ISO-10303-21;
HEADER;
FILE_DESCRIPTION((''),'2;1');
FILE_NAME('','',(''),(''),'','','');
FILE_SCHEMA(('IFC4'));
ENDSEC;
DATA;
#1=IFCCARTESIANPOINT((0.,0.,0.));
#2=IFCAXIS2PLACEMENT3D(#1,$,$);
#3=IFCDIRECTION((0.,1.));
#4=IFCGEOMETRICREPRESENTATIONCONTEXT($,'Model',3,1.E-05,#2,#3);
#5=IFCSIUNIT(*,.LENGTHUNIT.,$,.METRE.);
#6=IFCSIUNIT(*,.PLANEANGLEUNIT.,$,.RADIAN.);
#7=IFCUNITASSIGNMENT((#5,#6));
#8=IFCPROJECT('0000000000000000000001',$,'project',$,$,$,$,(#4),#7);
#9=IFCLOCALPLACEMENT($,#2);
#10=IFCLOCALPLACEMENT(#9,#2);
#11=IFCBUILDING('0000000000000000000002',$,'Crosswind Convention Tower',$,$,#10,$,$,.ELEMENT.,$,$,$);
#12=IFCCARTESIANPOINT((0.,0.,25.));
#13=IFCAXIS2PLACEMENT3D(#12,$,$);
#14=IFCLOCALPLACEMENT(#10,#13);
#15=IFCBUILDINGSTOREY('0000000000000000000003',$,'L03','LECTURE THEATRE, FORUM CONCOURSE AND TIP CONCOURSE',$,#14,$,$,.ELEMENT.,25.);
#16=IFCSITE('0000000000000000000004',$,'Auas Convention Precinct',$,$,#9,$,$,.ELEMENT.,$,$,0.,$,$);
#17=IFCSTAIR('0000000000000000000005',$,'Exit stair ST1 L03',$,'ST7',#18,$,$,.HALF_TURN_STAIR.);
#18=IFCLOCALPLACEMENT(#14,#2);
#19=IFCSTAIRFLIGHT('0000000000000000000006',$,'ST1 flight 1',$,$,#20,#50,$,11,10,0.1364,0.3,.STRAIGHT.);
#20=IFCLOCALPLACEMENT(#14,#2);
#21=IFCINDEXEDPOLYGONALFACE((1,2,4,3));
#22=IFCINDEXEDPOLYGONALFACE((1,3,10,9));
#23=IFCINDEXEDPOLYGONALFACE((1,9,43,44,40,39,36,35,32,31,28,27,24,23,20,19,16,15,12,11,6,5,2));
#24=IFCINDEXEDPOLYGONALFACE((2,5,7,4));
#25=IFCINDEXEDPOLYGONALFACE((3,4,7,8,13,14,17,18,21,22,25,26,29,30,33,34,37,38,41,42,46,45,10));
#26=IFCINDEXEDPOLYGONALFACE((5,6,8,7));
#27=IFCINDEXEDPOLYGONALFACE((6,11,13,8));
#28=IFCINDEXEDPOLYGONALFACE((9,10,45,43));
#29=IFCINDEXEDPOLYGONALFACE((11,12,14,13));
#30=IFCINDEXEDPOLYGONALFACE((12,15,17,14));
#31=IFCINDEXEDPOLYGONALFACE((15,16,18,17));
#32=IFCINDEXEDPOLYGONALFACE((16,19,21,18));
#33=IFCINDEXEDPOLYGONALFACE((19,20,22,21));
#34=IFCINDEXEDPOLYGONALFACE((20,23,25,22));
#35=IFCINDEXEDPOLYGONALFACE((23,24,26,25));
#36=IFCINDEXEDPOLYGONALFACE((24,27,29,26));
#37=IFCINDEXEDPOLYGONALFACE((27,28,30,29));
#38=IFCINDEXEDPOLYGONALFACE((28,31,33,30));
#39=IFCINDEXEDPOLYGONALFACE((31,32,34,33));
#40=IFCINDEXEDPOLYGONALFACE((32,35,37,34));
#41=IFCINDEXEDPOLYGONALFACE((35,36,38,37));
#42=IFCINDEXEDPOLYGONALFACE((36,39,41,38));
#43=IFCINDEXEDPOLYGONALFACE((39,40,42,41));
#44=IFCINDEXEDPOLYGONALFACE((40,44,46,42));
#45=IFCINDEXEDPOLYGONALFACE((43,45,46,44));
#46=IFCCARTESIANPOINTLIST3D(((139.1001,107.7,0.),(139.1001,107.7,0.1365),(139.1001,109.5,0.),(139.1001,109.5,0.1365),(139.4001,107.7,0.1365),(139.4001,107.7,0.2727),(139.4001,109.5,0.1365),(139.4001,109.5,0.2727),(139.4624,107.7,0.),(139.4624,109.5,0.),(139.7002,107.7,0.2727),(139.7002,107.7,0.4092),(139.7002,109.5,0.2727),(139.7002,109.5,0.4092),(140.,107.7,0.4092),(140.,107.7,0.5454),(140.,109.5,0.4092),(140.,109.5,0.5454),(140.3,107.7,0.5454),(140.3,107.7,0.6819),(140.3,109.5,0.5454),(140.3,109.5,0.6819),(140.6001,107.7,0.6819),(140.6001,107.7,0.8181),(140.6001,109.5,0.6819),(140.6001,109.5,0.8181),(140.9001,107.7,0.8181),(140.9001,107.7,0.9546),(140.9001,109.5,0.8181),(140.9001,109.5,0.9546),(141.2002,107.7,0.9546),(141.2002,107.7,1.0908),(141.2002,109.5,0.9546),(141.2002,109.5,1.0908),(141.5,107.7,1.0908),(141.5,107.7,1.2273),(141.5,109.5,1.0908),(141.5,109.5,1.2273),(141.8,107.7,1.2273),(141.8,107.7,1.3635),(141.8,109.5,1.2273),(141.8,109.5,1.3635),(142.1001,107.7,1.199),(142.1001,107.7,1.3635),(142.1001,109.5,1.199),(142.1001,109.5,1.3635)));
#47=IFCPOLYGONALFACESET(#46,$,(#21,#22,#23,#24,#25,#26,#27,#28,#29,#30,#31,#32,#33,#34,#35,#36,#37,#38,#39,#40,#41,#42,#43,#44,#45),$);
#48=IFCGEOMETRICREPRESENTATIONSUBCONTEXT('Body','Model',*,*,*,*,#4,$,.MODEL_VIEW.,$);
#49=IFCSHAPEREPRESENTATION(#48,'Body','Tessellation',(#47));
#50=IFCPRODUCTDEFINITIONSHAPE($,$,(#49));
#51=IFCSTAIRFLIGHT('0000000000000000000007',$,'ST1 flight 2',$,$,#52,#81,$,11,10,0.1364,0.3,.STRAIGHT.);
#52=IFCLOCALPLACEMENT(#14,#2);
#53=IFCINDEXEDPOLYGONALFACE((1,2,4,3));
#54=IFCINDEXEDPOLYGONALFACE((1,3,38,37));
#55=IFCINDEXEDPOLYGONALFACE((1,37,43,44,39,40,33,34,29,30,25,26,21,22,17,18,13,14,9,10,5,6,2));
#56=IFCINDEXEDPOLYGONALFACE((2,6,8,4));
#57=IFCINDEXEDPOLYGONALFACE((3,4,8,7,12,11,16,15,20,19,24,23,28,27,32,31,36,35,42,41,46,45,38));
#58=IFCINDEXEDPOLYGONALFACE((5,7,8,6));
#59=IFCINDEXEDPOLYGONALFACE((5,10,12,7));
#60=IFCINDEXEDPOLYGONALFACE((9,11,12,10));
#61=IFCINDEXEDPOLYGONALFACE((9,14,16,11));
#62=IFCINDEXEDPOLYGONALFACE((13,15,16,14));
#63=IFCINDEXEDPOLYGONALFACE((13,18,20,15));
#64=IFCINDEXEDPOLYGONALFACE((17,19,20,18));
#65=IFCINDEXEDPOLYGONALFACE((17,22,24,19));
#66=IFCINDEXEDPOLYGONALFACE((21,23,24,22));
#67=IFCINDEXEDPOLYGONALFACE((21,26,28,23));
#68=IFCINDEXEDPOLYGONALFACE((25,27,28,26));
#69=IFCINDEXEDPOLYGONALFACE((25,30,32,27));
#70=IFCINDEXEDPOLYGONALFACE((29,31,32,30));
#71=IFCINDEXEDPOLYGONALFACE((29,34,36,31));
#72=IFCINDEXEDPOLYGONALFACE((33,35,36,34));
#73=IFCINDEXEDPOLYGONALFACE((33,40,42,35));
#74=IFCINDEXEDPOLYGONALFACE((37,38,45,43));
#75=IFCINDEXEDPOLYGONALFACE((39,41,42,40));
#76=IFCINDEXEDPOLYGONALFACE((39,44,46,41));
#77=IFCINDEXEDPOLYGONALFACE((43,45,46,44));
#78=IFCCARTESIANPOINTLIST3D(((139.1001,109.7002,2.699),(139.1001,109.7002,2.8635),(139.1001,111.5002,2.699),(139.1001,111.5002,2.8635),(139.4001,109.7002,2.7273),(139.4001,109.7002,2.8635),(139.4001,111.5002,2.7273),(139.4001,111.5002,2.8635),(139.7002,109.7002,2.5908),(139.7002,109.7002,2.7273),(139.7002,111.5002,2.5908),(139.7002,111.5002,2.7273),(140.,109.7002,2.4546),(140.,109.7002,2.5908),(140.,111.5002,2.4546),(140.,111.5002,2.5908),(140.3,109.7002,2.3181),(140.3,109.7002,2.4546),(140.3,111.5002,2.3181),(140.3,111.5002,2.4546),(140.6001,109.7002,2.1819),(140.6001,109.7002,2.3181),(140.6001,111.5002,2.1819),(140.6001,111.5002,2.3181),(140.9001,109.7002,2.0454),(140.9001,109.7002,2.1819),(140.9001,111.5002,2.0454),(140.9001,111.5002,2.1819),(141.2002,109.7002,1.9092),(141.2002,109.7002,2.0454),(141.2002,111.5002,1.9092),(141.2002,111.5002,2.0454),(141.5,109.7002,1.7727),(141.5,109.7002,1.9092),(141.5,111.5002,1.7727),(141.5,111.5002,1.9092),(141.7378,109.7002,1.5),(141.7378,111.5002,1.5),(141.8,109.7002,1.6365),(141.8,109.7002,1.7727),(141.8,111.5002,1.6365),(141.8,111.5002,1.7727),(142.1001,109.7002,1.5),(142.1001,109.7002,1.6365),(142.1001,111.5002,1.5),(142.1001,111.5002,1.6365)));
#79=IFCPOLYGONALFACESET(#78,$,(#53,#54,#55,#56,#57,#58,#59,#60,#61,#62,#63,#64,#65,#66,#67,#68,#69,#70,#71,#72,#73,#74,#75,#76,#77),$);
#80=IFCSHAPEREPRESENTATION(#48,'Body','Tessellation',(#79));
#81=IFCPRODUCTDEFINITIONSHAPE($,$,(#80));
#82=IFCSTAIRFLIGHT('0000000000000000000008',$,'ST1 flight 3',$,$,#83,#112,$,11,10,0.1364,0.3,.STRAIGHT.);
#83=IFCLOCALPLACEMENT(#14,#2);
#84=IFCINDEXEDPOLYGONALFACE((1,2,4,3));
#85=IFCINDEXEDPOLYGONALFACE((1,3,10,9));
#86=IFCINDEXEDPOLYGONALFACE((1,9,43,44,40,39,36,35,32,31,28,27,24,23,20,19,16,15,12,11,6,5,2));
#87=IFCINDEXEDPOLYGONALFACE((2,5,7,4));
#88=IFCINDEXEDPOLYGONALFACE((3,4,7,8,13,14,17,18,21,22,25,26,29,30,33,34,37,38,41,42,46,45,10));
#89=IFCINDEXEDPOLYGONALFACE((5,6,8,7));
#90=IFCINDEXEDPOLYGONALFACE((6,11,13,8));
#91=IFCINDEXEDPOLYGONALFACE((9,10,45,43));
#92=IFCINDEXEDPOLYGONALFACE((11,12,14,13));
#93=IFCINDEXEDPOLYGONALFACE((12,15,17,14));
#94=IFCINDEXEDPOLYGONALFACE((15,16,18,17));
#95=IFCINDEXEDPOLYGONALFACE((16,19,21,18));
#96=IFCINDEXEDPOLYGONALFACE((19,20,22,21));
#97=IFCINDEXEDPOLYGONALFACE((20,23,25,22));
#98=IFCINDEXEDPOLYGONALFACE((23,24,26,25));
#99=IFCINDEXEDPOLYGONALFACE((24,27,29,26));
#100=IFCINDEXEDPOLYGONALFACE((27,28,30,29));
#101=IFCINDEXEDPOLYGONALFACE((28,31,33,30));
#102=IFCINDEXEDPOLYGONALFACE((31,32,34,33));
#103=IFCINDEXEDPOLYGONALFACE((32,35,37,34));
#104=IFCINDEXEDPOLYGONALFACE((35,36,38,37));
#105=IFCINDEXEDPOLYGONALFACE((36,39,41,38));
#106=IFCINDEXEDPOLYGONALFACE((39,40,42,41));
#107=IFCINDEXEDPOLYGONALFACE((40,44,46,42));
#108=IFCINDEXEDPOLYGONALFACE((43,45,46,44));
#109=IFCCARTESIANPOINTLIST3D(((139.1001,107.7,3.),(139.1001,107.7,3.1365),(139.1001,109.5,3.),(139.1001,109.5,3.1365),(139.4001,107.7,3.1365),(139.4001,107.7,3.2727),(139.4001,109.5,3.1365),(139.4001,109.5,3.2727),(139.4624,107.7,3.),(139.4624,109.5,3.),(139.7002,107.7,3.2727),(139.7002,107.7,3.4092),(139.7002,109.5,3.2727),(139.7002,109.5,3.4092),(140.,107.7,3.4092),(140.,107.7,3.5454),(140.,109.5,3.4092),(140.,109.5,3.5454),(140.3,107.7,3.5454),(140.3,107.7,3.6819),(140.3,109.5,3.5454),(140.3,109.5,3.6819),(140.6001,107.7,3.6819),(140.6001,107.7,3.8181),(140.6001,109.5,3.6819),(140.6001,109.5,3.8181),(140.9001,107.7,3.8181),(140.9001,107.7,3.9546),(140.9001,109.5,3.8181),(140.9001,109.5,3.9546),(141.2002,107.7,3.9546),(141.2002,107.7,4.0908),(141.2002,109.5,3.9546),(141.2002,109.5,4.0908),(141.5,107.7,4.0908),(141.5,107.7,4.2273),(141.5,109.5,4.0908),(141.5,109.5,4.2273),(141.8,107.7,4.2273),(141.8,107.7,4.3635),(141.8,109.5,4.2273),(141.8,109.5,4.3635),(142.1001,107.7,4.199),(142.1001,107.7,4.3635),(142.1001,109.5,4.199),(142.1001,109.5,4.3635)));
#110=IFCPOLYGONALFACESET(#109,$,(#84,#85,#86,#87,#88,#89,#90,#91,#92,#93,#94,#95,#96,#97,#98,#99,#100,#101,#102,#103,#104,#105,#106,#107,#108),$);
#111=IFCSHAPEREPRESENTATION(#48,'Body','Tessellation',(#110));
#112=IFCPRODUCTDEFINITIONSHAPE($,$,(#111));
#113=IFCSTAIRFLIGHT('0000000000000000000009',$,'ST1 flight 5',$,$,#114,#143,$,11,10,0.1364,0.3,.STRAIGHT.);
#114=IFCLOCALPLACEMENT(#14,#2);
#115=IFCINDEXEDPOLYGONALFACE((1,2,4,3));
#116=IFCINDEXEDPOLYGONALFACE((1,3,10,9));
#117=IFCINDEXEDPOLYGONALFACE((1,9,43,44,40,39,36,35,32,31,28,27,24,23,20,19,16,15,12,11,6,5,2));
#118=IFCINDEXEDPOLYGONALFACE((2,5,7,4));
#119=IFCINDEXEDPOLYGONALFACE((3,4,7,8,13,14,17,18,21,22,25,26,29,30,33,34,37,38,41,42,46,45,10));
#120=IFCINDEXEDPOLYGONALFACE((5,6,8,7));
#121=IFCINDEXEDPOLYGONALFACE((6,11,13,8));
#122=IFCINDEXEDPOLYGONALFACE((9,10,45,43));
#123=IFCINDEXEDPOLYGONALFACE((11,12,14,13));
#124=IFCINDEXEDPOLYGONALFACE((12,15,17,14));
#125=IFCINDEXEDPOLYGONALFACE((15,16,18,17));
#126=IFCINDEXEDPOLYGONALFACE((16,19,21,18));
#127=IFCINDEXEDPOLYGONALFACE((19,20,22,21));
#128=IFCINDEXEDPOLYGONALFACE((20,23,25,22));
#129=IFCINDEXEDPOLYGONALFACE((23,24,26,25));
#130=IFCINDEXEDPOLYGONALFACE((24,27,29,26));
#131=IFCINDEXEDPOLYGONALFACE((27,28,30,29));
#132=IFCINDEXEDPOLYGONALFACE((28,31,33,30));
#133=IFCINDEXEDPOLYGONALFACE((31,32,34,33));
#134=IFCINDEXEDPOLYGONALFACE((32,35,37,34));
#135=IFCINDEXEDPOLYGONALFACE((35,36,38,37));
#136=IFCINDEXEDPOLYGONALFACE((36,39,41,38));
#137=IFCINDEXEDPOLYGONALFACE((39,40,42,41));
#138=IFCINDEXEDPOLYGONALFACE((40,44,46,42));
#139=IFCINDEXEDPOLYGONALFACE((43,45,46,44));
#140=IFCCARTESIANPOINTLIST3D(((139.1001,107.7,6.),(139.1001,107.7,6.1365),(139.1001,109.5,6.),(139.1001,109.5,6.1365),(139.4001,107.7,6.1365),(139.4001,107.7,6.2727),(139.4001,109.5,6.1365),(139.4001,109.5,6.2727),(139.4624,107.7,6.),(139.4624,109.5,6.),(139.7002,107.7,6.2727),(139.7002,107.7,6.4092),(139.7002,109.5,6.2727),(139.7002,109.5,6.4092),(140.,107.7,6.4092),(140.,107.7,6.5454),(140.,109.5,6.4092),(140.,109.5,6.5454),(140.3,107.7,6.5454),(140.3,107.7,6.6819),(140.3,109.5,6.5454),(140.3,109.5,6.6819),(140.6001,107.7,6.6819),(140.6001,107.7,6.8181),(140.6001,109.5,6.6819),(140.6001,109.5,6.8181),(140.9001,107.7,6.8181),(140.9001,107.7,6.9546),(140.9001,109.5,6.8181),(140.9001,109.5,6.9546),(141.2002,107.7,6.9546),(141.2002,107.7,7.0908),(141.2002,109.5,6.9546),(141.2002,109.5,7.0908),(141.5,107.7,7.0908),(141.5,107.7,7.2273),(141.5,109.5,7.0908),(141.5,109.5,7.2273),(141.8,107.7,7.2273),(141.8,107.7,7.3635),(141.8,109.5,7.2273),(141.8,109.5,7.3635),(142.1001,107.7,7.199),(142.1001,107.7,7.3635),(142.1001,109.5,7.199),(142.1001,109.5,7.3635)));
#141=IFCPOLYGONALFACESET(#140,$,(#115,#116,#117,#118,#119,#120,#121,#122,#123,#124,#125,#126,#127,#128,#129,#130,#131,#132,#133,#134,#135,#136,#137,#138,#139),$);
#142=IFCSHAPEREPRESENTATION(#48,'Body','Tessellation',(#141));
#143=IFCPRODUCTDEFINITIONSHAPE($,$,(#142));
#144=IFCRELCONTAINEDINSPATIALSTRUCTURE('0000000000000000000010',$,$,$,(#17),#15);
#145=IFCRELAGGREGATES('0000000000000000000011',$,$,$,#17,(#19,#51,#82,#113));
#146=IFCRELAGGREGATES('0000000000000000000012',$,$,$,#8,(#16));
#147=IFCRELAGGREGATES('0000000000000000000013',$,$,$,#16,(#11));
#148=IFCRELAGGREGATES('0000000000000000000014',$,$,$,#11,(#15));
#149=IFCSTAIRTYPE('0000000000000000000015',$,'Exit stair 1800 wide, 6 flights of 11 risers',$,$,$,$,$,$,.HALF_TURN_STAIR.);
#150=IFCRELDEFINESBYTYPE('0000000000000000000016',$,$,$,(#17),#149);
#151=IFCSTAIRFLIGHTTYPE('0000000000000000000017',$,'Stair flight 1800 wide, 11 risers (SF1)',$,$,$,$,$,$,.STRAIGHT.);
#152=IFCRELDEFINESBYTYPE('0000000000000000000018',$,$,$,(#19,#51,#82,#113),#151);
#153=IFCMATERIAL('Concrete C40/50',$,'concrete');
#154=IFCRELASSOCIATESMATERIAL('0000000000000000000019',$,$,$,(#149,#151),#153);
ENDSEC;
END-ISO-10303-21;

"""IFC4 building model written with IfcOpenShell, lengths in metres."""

from ifc_helpers import new_model, si_unit, direction, frame, origin, place, context, subcontext, project, spatial, polyline, outline, extrude, material, type_object, element, aggregate, save


model = new_model("IFC4")

# Units and contexts
model_context = context("Model", 3, precision=1e-05, world=origin(), true_north=direction((0.0, 1.0)))
body_context = subcontext(model_context, "Body", "Model", "MODEL_VIEW")
ifc_project = project(units=[si_unit("LENGTHUNIT", "METRE"), si_unit("PLANEANGLEUNIT", "RADIAN")], contexts=[model_context])

# Site, building, storey
site_placement = place(None, origin())
site = spatial("IfcSite", under=ifc_project, at=site_placement, Name="Auas Convention Precinct", CompositionType="ELEMENT", RefElevation=0.0)
building_placement = place(site_placement, origin())
building = spatial("IfcBuilding", under=site, at=building_placement, Name="Crosswind Convention Tower", CompositionType="ELEMENT")
storey_placement = place(building_placement, frame((0.0, 0.0, 25.0)))
storey = spatial("IfcBuildingStorey", under=building, at=storey_placement, Name="L03", Description="LECTURE THEATRE, FORUM CONCOURSE AND TIP CONCOURSE", CompositionType="ELEMENT", Elevation=25.0)

# Stair, stair flights
ifc_material_1 = material(Name="Concrete C40/50", Category="concrete")
stair_type = type_object("IfcStairType", Name="Exit stair 1800 wide, 6 flights of 11 risers", PredefinedType="HALF_TURN_STAIR", material=ifc_material_1)
stair_placement = place(storey_placement, origin())
stair = element("IfcStair", 1, at=stair_placement, inside=storey, type_object=stair_type, Name="Exit stair ST1 L03", ObjectType="ST7", PredefinedType="HALF_TURN_STAIR")
stair_flight_type = type_object("IfcStairFlightType", Name="Stair flight 1800 wide, 11 risers (SF1)", PredefinedType="STRAIGHT", material=ifc_material_1)
stair_flight_1_placement = place(storey_placement, frame((139.1001, 108.6001, 0.0), z_axis=(0.0, 0.0, 1.0), x_axis=(1.0, 0.0, 0.0)))
stair_flight_1 = element("IfcStairFlight", 2, at=stair_flight_1_placement, type_object=stair_flight_type, Name="ST1 flight 1", NumberOfRisers=11, NumberOfTreads=10, PredefinedType="STRAIGHT", RiserHeight=0.1364, TreadLength=0.3, context=body_context, shape_type="SweptSolid", body=[
    extrude(outline(polyline([(0.0, 0.0), (0.0, 0.1365), (0.3, 0.1365), (0.3, 0.2727), (0.6001, 0.2727), (0.6001, 0.4092), (0.8999, 0.4092), (0.8999, 0.5454), (1.2, 0.5454), (1.2, 0.6819), (1.5, 0.6819), (1.5, 0.8181), (1.8, 0.8181), (1.8, 0.9546), (2.1001, 0.9546), (2.1001, 1.0908), (2.3999, 1.0908), (2.3999, 1.2273), (2.7, 1.2273), (2.7, 1.3635), (3.0, 1.3635), (3.0, 1.5), (3.0, 1.199), (0.3623, 0.0), (0.0, 0.0)])), frame((0.0, 0.8999, 0.0), z_axis=(0.0, -1.0, 0.0), x_axis=(1.0, 0.0, 0.0)), (0.0, 0.0, 1.0), 1.8),
])
stair_flight_2_placement = place(storey_placement, frame((142.1001, 110.6001, 1.5), z_axis=(0.0, 0.0, 1.0), x_axis=(-1.0, 0.0, 0.0)))
stair_flight_2 = element("IfcStairFlight", 3, at=stair_flight_2_placement, type_object=stair_flight_type, Name="ST1 flight 2", NumberOfRisers=11, NumberOfTreads=10, PredefinedType="STRAIGHT", RiserHeight=0.1364, TreadLength=0.3, context=body_context, shape_type="SweptSolid", body=[
    extrude(outline(polyline([(0.0, 0.0), (0.0, 0.1365), (0.3, 0.1365), (0.3, 0.2727), (0.6001, 0.2727), (0.6001, 0.4092), (0.8999, 0.4092), (0.8999, 0.5454), (1.2, 0.5454), (1.2, 0.6819), (1.5, 0.6819), (1.5, 0.8181), (1.8, 0.8181), (1.8, 0.9546), (2.1001, 0.9546), (2.1001, 1.0908), (2.3999, 1.0908), (2.3999, 1.2273), (2.7, 1.2273), (2.7, 1.3635), (3.0, 1.3635), (3.0, 1.5), (3.0, 1.199), (0.3623, 0.0), (0.0, 0.0)])), frame((0.0, 0.8999, 0.0), z_axis=(0.0, -1.0, 0.0), x_axis=(1.0, 0.0, 0.0)), (0.0, 0.0, 1.0), 1.8),
])
stair_flight_3_placement = place(storey_placement, frame((139.1001, 108.6001, 3.0), z_axis=(0.0, 0.0, 1.0), x_axis=(1.0, 0.0, 0.0)))
stair_flight_3 = element("IfcStairFlight", 4, at=stair_flight_3_placement, type_object=stair_flight_type, Name="ST1 flight 3", NumberOfRisers=11, NumberOfTreads=10, PredefinedType="STRAIGHT", RiserHeight=0.1364, TreadLength=0.3, context=body_context, shape_type="SweptSolid", body=[
    extrude(outline(polyline([(0.0, 0.0), (0.0, 0.1365), (0.3, 0.1365), (0.3, 0.2727), (0.6001, 0.2727), (0.6001, 0.4092), (0.8999, 0.4092), (0.8999, 0.5454), (1.2, 0.5454), (1.2, 0.6819), (1.5, 0.6819), (1.5, 0.8181), (1.8, 0.8181), (1.8, 0.9546), (2.1001, 0.9546), (2.1001, 1.0908), (2.3999, 1.0908), (2.3999, 1.2273), (2.7, 1.2273), (2.7, 1.3635), (3.0, 1.3635), (3.0, 1.5), (3.0, 1.199), (0.3623, 0.0), (0.0, 0.0)])), frame((0.0, 0.8999, 0.0), z_axis=(0.0, -1.0, 0.0), x_axis=(1.0, 0.0, 0.0)), (0.0, 0.0, 1.0), 1.8),
])
stair_flight_4_placement = place(storey_placement, frame((139.1001, 108.6001, 6.0), z_axis=(0.0, 0.0, 1.0), x_axis=(1.0, 0.0, 0.0)))
stair_flight_4 = element("IfcStairFlight", 5, at=stair_flight_4_placement, type_object=stair_flight_type, Name="ST1 flight 5", NumberOfRisers=11, NumberOfTreads=10, PredefinedType="STRAIGHT", RiserHeight=0.1364, TreadLength=0.3, context=body_context, shape_type="SweptSolid", body=[
    extrude(outline(polyline([(0.0, 0.0), (0.0, 0.1365), (0.3, 0.1365), (0.3, 0.2727), (0.6001, 0.2727), (0.6001, 0.4092), (0.8999, 0.4092), (0.8999, 0.5454), (1.2, 0.5454), (1.2, 0.6819), (1.5, 0.6819), (1.5, 0.8181), (1.8, 0.8181), (1.8, 0.9546), (2.1001, 0.9546), (2.1001, 1.0908), (2.3999, 1.0908), (2.3999, 1.2273), (2.7, 1.2273), (2.7, 1.3635), (3.0, 1.3635), (3.0, 1.5), (3.0, 1.199), (0.3623, 0.0), (0.0, 0.0)])), frame((0.0, 0.8999, 0.0), z_axis=(0.0, -1.0, 0.0), x_axis=(1.0, 0.0, 0.0)), (0.0, 0.0, 1.0), 1.8),
])
aggregate(stair, [stair_flight_1, stair_flight_2, stair_flight_3, stair_flight_4])

save(model, "model.ifc")
